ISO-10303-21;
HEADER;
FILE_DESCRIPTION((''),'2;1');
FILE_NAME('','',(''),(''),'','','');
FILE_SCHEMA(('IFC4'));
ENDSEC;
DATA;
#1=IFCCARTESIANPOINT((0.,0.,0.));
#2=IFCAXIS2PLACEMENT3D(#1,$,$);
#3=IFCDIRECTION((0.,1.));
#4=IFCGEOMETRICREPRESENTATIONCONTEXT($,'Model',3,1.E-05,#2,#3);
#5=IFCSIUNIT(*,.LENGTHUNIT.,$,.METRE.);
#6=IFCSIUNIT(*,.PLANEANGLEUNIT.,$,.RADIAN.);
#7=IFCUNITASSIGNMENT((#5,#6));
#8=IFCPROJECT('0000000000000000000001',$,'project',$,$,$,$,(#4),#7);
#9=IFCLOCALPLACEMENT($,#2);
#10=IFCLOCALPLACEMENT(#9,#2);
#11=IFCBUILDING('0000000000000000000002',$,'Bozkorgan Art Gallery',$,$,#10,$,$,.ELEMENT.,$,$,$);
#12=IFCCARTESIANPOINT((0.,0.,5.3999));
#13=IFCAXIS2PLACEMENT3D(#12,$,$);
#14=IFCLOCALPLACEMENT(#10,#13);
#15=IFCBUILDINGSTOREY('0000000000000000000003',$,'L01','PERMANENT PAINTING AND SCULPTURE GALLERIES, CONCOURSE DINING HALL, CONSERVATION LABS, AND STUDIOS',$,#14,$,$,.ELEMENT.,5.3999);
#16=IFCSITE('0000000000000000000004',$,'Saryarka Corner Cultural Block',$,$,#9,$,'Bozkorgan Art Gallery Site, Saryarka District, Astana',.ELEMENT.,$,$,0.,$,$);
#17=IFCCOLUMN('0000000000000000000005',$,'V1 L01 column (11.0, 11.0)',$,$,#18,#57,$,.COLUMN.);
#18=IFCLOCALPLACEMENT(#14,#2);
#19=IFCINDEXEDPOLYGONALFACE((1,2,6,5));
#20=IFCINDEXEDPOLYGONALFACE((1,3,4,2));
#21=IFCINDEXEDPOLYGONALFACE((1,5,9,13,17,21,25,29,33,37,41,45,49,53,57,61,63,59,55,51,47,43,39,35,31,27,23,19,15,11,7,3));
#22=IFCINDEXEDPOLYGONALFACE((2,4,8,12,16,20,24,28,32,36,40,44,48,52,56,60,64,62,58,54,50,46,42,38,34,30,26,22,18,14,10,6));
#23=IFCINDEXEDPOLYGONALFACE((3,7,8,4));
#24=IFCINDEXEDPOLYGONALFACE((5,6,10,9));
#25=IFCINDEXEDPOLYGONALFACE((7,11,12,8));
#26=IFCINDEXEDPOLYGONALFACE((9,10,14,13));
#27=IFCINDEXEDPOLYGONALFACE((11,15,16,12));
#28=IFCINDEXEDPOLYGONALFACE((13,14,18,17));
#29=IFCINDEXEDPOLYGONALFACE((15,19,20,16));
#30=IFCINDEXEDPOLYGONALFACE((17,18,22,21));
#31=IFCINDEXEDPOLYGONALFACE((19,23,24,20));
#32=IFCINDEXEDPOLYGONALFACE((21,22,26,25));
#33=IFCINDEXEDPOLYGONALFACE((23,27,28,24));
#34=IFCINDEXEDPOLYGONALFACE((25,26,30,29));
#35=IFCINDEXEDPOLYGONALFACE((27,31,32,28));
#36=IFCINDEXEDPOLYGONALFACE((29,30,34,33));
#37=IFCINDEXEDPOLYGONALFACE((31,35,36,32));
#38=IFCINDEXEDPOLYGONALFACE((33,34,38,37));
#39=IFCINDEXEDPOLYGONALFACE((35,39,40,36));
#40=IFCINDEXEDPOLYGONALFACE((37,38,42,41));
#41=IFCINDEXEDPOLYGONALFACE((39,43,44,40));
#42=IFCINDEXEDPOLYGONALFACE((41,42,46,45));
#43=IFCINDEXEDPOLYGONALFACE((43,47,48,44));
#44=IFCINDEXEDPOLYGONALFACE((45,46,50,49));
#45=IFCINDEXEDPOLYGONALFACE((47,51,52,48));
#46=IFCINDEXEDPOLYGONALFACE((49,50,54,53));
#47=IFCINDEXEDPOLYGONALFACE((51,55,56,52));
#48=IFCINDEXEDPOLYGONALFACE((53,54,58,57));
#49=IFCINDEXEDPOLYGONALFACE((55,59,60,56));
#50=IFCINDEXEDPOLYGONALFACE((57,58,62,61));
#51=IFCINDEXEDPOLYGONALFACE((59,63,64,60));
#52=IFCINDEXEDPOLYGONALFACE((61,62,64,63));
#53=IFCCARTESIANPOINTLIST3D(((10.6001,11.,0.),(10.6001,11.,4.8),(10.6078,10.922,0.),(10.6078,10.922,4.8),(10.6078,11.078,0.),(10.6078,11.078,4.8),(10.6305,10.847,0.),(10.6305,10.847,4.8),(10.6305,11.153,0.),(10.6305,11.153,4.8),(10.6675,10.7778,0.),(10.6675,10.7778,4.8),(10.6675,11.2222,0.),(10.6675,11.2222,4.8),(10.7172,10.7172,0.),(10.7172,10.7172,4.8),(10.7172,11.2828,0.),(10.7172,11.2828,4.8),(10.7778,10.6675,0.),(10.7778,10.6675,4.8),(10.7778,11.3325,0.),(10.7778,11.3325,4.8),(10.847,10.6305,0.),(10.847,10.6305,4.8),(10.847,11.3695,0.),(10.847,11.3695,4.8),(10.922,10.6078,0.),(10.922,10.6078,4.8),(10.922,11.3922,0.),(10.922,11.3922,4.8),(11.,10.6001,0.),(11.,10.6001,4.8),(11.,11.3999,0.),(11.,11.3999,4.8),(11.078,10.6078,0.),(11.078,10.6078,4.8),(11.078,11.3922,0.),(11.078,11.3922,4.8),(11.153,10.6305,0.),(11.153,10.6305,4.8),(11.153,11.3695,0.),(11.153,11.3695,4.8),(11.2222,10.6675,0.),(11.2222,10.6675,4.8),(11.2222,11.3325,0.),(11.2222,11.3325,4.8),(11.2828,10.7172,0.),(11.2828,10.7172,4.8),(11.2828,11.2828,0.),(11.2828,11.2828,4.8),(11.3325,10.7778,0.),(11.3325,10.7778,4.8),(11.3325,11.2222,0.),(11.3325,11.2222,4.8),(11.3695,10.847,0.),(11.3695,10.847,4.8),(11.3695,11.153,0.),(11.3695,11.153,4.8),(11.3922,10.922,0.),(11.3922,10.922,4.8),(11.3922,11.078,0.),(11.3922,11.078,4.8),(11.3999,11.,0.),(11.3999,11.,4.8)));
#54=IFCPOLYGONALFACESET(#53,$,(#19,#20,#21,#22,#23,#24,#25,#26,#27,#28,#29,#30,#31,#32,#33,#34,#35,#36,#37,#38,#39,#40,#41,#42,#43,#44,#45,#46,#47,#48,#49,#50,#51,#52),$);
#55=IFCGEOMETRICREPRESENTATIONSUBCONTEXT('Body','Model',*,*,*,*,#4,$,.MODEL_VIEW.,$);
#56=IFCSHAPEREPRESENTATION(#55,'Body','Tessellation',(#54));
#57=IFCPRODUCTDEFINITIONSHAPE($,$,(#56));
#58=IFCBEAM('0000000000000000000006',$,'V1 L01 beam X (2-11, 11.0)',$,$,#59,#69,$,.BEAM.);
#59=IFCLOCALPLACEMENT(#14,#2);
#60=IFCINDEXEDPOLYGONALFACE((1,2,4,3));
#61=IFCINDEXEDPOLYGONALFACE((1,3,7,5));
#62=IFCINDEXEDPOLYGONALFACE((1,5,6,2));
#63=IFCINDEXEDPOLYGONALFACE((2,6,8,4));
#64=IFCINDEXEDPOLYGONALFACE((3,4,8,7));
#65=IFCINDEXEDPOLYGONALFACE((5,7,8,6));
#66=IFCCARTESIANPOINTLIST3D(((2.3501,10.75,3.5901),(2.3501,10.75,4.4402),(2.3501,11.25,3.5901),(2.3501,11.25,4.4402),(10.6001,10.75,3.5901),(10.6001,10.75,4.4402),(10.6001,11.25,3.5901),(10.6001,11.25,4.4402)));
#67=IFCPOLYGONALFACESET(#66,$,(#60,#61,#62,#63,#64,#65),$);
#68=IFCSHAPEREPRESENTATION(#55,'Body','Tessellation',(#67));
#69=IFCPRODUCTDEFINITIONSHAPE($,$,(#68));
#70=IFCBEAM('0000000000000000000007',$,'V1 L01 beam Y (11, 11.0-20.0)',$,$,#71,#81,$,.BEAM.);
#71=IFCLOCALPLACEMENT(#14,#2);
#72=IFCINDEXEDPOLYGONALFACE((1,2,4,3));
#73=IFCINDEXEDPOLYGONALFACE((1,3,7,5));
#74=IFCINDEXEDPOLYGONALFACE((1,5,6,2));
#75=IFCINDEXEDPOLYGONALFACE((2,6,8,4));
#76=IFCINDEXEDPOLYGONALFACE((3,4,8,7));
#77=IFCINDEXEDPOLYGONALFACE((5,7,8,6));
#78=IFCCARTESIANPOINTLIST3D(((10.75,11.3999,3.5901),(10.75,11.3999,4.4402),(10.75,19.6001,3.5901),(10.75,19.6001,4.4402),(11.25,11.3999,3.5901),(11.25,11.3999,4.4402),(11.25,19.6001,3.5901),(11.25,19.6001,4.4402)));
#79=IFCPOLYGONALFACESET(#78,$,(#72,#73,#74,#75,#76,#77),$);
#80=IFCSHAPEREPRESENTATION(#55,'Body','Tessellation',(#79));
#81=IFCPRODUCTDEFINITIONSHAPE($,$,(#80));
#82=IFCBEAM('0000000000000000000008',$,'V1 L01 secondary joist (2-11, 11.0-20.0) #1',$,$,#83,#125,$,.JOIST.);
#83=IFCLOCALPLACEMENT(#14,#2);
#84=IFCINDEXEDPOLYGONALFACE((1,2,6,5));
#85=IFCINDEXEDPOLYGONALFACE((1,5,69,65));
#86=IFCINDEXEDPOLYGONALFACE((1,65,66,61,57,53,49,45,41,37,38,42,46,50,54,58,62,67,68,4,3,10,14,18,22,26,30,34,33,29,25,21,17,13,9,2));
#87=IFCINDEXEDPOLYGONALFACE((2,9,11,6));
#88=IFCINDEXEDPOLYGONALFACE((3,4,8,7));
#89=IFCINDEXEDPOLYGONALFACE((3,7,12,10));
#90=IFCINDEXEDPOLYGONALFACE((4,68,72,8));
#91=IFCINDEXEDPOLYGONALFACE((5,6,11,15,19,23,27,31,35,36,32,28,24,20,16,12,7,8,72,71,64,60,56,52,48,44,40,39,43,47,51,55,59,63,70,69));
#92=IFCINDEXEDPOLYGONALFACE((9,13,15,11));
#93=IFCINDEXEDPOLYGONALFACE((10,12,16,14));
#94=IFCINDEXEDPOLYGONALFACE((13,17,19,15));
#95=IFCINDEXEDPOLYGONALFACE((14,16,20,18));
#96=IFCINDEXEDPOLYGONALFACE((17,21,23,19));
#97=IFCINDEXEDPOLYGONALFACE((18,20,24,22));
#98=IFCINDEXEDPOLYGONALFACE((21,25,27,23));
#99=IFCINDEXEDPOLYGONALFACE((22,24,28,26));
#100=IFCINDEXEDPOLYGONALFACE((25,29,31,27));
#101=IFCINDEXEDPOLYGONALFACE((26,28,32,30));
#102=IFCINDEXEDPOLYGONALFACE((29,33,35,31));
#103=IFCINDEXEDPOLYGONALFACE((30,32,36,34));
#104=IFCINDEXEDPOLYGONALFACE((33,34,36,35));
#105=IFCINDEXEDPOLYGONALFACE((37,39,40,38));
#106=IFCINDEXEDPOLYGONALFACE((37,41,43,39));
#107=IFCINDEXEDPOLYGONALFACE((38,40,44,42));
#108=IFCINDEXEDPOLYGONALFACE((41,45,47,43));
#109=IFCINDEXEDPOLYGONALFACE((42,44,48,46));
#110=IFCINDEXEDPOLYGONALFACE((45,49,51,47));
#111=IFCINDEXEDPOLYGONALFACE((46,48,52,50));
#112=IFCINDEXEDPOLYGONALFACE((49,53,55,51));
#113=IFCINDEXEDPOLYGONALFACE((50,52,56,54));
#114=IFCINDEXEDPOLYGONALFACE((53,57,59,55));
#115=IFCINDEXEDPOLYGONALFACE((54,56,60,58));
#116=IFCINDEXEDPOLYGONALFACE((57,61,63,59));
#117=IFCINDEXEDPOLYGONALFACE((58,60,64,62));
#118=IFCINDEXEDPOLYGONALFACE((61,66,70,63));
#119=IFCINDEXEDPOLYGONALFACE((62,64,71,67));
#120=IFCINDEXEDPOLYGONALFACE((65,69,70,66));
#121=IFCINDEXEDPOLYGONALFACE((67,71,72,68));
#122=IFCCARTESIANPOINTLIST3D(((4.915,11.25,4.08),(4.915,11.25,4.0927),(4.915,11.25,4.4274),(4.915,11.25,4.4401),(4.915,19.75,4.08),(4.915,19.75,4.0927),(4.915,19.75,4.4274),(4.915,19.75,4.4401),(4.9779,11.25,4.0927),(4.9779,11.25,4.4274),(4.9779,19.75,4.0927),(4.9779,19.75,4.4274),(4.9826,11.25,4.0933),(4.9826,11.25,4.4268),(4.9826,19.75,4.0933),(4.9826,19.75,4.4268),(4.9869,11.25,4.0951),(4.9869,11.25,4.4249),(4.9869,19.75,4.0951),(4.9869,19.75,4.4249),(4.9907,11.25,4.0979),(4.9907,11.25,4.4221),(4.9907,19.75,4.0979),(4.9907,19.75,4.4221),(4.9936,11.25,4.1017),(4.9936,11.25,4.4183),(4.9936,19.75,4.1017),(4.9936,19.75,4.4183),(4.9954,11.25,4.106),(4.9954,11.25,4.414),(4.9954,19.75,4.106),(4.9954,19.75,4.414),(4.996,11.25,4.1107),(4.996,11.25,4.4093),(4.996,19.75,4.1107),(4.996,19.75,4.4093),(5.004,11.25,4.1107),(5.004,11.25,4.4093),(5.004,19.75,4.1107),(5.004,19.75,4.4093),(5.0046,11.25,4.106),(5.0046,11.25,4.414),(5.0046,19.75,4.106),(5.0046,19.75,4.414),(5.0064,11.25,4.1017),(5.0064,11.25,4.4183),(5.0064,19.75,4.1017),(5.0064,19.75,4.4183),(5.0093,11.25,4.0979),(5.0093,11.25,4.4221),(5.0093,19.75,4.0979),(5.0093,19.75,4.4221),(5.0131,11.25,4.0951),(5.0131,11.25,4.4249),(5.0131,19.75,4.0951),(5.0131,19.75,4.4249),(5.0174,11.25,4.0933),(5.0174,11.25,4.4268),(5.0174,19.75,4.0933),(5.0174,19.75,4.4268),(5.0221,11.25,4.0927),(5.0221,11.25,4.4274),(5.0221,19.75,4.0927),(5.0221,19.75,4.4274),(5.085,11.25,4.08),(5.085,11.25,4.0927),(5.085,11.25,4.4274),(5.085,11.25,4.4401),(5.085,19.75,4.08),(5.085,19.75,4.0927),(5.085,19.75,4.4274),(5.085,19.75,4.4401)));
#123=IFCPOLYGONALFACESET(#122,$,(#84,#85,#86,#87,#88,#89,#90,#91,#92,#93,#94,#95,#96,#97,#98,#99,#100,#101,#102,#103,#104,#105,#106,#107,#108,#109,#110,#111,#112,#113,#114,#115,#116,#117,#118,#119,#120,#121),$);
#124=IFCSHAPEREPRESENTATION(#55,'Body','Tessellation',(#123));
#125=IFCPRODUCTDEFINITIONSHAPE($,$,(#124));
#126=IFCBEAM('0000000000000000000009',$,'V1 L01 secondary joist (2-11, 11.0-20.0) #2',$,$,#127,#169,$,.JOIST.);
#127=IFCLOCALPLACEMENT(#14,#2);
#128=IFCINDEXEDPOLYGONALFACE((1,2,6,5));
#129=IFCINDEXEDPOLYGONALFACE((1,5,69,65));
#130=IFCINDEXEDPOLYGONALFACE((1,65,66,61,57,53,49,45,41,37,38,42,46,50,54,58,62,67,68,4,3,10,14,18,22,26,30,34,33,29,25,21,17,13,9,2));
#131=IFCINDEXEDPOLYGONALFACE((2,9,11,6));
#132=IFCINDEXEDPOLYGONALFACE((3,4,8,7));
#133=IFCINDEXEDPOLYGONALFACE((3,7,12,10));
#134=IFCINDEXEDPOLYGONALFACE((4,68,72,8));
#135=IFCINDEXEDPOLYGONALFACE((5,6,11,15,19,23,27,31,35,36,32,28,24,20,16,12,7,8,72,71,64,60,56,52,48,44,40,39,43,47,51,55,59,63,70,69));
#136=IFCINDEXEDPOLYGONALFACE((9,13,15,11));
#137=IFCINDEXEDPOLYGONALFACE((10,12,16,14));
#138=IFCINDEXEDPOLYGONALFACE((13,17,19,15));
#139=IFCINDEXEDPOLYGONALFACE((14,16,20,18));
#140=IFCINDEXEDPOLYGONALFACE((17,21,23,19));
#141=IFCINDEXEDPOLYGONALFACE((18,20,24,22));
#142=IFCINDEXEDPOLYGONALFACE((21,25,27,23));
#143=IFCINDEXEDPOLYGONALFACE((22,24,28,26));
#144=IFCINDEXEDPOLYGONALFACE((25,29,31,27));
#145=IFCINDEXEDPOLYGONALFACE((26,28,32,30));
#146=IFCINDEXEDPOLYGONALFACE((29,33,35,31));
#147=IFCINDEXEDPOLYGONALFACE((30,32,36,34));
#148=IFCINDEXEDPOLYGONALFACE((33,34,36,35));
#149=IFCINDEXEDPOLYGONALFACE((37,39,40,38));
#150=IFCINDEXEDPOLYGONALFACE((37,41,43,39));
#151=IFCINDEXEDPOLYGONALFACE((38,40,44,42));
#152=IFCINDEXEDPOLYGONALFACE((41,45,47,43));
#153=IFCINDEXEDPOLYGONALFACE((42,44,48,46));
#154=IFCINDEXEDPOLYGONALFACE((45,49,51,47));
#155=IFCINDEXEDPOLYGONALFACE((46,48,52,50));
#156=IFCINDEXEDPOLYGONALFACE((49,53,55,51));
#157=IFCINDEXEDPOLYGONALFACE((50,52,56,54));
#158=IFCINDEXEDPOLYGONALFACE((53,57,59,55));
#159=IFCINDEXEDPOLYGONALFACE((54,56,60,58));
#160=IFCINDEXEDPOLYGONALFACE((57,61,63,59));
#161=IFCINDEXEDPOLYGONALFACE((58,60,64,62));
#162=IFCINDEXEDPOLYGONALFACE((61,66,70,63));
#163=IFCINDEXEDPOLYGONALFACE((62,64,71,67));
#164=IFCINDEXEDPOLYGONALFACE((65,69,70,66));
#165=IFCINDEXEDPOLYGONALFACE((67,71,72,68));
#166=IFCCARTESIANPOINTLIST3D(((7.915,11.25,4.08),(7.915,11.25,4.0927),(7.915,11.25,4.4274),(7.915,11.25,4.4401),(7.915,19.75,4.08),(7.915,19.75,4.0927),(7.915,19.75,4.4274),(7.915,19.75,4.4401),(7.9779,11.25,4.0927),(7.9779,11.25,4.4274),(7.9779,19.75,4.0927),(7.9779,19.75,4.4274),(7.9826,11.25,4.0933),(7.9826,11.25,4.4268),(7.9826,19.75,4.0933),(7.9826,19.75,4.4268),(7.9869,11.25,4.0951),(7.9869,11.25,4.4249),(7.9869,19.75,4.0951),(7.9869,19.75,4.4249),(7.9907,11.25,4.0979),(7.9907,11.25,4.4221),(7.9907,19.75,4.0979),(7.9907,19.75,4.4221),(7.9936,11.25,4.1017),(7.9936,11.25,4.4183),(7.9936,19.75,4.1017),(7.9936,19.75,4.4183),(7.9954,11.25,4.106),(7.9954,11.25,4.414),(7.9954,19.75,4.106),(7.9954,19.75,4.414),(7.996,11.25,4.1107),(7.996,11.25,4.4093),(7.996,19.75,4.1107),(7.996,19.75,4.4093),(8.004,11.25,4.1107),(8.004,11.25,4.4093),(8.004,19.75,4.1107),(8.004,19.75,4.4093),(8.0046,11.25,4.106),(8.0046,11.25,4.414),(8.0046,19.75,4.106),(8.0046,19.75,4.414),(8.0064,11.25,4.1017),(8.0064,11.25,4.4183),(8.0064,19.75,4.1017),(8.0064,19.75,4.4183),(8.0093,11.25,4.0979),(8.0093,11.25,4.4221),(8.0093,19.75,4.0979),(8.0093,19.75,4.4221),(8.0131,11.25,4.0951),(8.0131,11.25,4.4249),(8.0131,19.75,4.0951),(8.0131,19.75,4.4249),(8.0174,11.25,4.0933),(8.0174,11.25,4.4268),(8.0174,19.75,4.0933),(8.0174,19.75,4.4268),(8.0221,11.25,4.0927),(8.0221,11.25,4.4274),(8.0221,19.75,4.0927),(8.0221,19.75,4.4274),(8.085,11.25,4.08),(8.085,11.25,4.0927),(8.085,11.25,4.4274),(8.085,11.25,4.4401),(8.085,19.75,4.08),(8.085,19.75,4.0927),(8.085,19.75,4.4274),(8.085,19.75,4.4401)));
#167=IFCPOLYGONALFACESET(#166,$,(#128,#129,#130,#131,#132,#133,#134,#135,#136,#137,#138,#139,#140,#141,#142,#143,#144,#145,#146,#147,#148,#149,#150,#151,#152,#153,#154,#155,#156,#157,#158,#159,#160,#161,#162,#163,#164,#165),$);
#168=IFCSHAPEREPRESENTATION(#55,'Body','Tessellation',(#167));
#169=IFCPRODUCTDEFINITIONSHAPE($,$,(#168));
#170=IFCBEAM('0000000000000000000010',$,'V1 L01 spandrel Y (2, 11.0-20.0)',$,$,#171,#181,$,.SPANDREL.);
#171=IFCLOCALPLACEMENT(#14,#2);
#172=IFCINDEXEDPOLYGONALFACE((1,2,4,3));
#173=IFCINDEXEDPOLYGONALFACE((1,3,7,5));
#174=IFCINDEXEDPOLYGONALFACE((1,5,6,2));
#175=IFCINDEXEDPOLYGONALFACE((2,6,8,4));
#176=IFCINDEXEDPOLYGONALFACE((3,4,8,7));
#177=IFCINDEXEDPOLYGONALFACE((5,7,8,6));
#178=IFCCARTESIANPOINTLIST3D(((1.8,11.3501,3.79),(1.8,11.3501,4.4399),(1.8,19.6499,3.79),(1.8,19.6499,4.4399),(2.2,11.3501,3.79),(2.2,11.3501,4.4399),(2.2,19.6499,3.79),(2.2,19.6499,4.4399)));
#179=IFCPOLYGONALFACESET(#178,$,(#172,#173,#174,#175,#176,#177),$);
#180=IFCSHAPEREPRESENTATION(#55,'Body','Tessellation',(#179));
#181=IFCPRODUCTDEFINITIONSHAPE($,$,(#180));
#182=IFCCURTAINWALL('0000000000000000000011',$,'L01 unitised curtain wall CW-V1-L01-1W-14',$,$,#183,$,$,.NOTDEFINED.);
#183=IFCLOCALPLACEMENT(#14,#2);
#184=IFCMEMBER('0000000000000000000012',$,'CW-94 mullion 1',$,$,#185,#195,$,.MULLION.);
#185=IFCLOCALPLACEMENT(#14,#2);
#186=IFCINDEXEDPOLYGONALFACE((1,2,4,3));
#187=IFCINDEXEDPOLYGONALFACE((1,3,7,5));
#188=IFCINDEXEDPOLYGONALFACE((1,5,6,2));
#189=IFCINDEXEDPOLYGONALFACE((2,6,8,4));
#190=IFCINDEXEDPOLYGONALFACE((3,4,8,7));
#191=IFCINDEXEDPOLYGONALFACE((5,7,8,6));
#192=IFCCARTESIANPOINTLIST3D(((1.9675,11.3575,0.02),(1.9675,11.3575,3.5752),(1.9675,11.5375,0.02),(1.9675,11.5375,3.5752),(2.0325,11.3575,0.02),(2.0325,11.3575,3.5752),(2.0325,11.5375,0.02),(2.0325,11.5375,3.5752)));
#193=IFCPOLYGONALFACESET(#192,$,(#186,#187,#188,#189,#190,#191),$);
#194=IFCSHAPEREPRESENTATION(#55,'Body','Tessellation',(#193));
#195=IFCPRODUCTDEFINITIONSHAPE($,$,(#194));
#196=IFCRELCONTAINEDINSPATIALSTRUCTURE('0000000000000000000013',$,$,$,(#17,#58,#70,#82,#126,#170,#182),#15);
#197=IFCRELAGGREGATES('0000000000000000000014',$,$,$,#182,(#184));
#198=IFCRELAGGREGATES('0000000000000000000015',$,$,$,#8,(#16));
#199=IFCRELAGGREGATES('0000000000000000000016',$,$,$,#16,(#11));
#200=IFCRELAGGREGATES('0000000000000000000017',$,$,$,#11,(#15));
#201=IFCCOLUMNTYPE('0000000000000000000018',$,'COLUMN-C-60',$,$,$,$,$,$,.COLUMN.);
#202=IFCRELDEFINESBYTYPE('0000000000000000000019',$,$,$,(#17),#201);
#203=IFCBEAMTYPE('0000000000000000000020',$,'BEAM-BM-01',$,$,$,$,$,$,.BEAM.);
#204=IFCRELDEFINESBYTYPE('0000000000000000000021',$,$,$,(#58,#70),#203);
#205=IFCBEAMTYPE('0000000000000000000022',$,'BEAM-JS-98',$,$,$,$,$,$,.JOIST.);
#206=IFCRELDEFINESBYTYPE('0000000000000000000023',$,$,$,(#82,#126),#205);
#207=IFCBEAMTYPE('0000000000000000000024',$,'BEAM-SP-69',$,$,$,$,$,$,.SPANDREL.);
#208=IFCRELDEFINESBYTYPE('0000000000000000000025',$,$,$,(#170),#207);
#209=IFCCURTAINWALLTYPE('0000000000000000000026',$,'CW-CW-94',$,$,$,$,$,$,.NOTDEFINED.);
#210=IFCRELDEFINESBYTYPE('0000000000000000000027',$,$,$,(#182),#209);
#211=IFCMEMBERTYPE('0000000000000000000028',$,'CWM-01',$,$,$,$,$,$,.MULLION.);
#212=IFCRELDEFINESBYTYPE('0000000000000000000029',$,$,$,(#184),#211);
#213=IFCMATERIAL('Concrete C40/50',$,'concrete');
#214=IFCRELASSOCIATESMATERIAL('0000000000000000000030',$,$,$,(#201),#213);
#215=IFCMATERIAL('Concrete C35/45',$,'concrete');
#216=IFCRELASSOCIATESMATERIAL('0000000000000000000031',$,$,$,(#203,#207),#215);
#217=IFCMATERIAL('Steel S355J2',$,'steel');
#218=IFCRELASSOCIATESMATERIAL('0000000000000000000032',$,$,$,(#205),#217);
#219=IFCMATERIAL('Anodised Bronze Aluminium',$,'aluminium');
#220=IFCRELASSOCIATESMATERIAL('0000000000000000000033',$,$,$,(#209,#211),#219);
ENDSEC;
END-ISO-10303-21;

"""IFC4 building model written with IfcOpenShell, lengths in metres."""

from ifc_helpers import new_model, si_unit, direction, frame, origin, origin_2d, place, context, subcontext, project, spatial, rectangle, circle, i_section, extrude, material, material_profile, profile_set, type_object, element, aggregate, save


model = new_model("IFC4")

# Units and contexts
model_context = context("Model", 3, precision=1e-05, world=origin(), true_north=direction((0.0, 1.0)))
body_context = subcontext(model_context, "Body", "Model", "MODEL_VIEW")
ifc_project = project(units=[si_unit("LENGTHUNIT", "METRE"), si_unit("PLANEANGLEUNIT", "RADIAN")], contexts=[model_context])

# Site, building, storey
site_placement = place(None, origin())
site = spatial("IfcSite", under=ifc_project, at=site_placement, Name="Saryarka Corner Cultural Block", LongName="Bozkorgan Art Gallery Site, Saryarka District, Astana", CompositionType="ELEMENT", RefElevation=0.0)
building_placement = place(site_placement, origin())
building = spatial("IfcBuilding", under=site, at=building_placement, Name="Bozkorgan Art Gallery", CompositionType="ELEMENT")
storey_placement = place(building_placement, frame((0.0, 0.0, 5.3999)))
storey = spatial("IfcBuildingStorey", under=building, at=storey_placement, Name="L01", Description="PERMANENT PAINTING AND SCULPTURE GALLERIES, CONCOURSE DINING HALL, CONSERVATION LABS, AND STUDIOS", CompositionType="ELEMENT", Elevation=5.3999)

# Column
ifc_material_1 = material(Name="Concrete C40/50", Category="concrete")
ifc_material_profile_1 = material_profile(ifc_material_1, circle(Radius=0.3999, at=origin_2d()), Name="RC D800")
ifc_profile_set_1 = profile_set([ifc_material_profile_1], Name="Concrete C40/50")
column_type = type_object("IfcColumnType", Name="COLUMN-C-60", PredefinedType="COLUMN", material=ifc_profile_set_1)
column_placement = place(storey_placement, frame((11.0, 11.0, 0.0), z_axis=(0.0, 0.0, 1.0), x_axis=(1.0, 0.0, 0.0)))
element("IfcColumn", 1, at=column_placement, inside=storey, type_object=column_type, Name="V1 L01 column (11.0, 11.0)", PredefinedType="COLUMN", context=body_context, shape_type="SweptSolid", body=[
    extrude(circle(Radius=0.3999, at=origin_2d()), origin(), (0.0, 0.0, 1.0), 4.8),
])

# Beams
ifc_material_2 = material(Name="Concrete C35/45", Category="concrete")
ifc_material_profile_2 = material_profile(ifc_material_2, rectangle(XDim=0.5, YDim=0.8501, at=origin_2d()), Name="RC 500x850")
ifc_profile_set_2 = profile_set([ifc_material_profile_2], Name="Concrete C35/45")
beam_type_1 = type_object("IfcBeamType", Name="BEAM-BM-01", PredefinedType="BEAM", material=ifc_profile_set_2)
beam_1_placement = place(storey_placement, frame((2.3501, 11.0, 4.0151), z_axis=(1.0, 0.0, 0.0), x_axis=(0.0, 1.0, 0.0)))
element("IfcBeam", 2, at=beam_1_placement, inside=storey, type_object=beam_type_1, Name="V1 L01 beam X (2-11, 11.0)", PredefinedType="BEAM", context=body_context, shape_type="SweptSolid", body=[
    extrude(rectangle(XDim=0.5, YDim=0.8501, at=origin_2d()), origin(), (0.0, 0.0, 1.0), 8.25),
])
beam_2_placement = place(storey_placement, frame((11.0, 11.3999, 4.0151), z_axis=(0.0, 1.0, 0.0), x_axis=(-1.0, 0.0, 0.0)))
element("IfcBeam", 3, at=beam_2_placement, inside=storey, type_object=beam_type_1, Name="V1 L01 beam Y (11, 11.0-20.0)", PredefinedType="BEAM", context=body_context, shape_type="SweptSolid", body=[
    extrude(rectangle(XDim=0.5, YDim=0.8501, at=origin_2d()), origin(), (0.0, 0.0, 1.0), 8.2002),
])
ifc_material_3 = material(Name="Steel S355J2", Category="steel")
ifc_material_profile_3 = material_profile(ifc_material_3, i_section(OverallWidth=0.1699, OverallDepth=0.3601, WebThickness=0.0081, FlangeThickness=0.0127, FilletRadius=0.0181, at=origin_2d()), Name="IPE 360")
ifc_profile_set_3 = profile_set([ifc_material_profile_3], Name="Steel S355J2")
beam_type_2 = type_object("IfcBeamType", Name="BEAM-JS-98", PredefinedType="JOIST", material=ifc_profile_set_3)
for number, where, z_axis, x_axis, name in (
    (4, (5.0, 11.25, 4.26), (0.0, 1.0, 0.0), (-1.0, 0.0, 0.0), "V1 L01 secondary joist (2-11, 11.0-20.0) #1"),
    (5, (8.0, 11.25, 4.26), (0.0, 1.0, 0.0), (-1.0, 0.0, 0.0), "V1 L01 secondary joist (2-11, 11.0-20.0) #2"),
):
    element("IfcBeam", number, at=place(storey_placement, frame(where, z_axis=z_axis, x_axis=x_axis)), inside=storey, type_object=beam_type_2, Name=name, PredefinedType="JOIST", context=body_context, shape_type="SweptSolid", body=[
        extrude(i_section(OverallWidth=0.1699, OverallDepth=0.3601, WebThickness=0.0081, FlangeThickness=0.0127, FilletRadius=0.0181, at=origin_2d()), origin(), (0.0, 0.0, 1.0), 8.5),
    ])
ifc_material_profile_4 = material_profile(ifc_material_2, rectangle(XDim=0.3999, YDim=0.6499, at=origin_2d()), Name="RC 400x650")
ifc_profile_set_4 = profile_set([ifc_material_profile_4], Name="Concrete C35/45")
beam_type_3 = type_object("IfcBeamType", Name="BEAM-SP-69", PredefinedType="SPANDREL", material=ifc_profile_set_4)
beam_3_placement = place(storey_placement, frame((2.0, 11.3501, 4.115), z_axis=(0.0, 1.0, 0.0), x_axis=(-1.0, 0.0, 0.0)))
element("IfcBeam", 6, at=beam_3_placement, inside=storey, type_object=beam_type_3, Name="V1 L01 spandrel Y (2, 11.0-20.0)", PredefinedType="SPANDREL", context=body_context, shape_type="SweptSolid", body=[
    extrude(rectangle(XDim=0.3999, YDim=0.6499, at=origin_2d()), origin(), (0.0, 0.0, 1.0), 8.2998),
])

# Curtain wall, member
ifc_material_4 = material(Name="Anodised Bronze Aluminium", Category="aluminium")
curtain_wall_type = type_object("IfcCurtainWallType", Name="CW-CW-94", PredefinedType="NOTDEFINED", material=ifc_material_4)
curtain_wall_placement = place(storey_placement, origin())
curtain_wall = element("IfcCurtainWall", 7, at=curtain_wall_placement, inside=storey, type_object=curtain_wall_type, Name="L01 unitised curtain wall CW-V1-L01-1W-14", PredefinedType="NOTDEFINED")
ifc_material_profile_5 = material_profile(ifc_material_4, rectangle(XDim=0.0649, YDim=0.1799, at=origin_2d()), Name="ALU MULLION 65x180")
ifc_profile_set_5 = profile_set([ifc_material_profile_5], Name="Anodised Bronze Aluminium")
member_type_1 = type_object("IfcMemberType", Name="CWM-01", PredefinedType="MULLION", material=ifc_profile_set_5)
member_1_placement = place(storey_placement, frame((2.0, 11.4475, 0.02), z_axis=(0.0, 0.0, 1.0), x_axis=(-1.0, 0.0, 0.0)))
member_1 = element("IfcMember", 8, at=member_1_placement, type_object=member_type_1, Name="CW-94 mullion 1", PredefinedType="MULLION", context=body_context, shape_type="SweptSolid", body=[
    extrude(rectangle(XDim=0.0649, YDim=0.1799, at=origin_2d()), origin(), (0.0, 0.0, 1.0), 3.5552),
])
aggregate(curtain_wall, [member_1])

save(model, "model.ifc")
